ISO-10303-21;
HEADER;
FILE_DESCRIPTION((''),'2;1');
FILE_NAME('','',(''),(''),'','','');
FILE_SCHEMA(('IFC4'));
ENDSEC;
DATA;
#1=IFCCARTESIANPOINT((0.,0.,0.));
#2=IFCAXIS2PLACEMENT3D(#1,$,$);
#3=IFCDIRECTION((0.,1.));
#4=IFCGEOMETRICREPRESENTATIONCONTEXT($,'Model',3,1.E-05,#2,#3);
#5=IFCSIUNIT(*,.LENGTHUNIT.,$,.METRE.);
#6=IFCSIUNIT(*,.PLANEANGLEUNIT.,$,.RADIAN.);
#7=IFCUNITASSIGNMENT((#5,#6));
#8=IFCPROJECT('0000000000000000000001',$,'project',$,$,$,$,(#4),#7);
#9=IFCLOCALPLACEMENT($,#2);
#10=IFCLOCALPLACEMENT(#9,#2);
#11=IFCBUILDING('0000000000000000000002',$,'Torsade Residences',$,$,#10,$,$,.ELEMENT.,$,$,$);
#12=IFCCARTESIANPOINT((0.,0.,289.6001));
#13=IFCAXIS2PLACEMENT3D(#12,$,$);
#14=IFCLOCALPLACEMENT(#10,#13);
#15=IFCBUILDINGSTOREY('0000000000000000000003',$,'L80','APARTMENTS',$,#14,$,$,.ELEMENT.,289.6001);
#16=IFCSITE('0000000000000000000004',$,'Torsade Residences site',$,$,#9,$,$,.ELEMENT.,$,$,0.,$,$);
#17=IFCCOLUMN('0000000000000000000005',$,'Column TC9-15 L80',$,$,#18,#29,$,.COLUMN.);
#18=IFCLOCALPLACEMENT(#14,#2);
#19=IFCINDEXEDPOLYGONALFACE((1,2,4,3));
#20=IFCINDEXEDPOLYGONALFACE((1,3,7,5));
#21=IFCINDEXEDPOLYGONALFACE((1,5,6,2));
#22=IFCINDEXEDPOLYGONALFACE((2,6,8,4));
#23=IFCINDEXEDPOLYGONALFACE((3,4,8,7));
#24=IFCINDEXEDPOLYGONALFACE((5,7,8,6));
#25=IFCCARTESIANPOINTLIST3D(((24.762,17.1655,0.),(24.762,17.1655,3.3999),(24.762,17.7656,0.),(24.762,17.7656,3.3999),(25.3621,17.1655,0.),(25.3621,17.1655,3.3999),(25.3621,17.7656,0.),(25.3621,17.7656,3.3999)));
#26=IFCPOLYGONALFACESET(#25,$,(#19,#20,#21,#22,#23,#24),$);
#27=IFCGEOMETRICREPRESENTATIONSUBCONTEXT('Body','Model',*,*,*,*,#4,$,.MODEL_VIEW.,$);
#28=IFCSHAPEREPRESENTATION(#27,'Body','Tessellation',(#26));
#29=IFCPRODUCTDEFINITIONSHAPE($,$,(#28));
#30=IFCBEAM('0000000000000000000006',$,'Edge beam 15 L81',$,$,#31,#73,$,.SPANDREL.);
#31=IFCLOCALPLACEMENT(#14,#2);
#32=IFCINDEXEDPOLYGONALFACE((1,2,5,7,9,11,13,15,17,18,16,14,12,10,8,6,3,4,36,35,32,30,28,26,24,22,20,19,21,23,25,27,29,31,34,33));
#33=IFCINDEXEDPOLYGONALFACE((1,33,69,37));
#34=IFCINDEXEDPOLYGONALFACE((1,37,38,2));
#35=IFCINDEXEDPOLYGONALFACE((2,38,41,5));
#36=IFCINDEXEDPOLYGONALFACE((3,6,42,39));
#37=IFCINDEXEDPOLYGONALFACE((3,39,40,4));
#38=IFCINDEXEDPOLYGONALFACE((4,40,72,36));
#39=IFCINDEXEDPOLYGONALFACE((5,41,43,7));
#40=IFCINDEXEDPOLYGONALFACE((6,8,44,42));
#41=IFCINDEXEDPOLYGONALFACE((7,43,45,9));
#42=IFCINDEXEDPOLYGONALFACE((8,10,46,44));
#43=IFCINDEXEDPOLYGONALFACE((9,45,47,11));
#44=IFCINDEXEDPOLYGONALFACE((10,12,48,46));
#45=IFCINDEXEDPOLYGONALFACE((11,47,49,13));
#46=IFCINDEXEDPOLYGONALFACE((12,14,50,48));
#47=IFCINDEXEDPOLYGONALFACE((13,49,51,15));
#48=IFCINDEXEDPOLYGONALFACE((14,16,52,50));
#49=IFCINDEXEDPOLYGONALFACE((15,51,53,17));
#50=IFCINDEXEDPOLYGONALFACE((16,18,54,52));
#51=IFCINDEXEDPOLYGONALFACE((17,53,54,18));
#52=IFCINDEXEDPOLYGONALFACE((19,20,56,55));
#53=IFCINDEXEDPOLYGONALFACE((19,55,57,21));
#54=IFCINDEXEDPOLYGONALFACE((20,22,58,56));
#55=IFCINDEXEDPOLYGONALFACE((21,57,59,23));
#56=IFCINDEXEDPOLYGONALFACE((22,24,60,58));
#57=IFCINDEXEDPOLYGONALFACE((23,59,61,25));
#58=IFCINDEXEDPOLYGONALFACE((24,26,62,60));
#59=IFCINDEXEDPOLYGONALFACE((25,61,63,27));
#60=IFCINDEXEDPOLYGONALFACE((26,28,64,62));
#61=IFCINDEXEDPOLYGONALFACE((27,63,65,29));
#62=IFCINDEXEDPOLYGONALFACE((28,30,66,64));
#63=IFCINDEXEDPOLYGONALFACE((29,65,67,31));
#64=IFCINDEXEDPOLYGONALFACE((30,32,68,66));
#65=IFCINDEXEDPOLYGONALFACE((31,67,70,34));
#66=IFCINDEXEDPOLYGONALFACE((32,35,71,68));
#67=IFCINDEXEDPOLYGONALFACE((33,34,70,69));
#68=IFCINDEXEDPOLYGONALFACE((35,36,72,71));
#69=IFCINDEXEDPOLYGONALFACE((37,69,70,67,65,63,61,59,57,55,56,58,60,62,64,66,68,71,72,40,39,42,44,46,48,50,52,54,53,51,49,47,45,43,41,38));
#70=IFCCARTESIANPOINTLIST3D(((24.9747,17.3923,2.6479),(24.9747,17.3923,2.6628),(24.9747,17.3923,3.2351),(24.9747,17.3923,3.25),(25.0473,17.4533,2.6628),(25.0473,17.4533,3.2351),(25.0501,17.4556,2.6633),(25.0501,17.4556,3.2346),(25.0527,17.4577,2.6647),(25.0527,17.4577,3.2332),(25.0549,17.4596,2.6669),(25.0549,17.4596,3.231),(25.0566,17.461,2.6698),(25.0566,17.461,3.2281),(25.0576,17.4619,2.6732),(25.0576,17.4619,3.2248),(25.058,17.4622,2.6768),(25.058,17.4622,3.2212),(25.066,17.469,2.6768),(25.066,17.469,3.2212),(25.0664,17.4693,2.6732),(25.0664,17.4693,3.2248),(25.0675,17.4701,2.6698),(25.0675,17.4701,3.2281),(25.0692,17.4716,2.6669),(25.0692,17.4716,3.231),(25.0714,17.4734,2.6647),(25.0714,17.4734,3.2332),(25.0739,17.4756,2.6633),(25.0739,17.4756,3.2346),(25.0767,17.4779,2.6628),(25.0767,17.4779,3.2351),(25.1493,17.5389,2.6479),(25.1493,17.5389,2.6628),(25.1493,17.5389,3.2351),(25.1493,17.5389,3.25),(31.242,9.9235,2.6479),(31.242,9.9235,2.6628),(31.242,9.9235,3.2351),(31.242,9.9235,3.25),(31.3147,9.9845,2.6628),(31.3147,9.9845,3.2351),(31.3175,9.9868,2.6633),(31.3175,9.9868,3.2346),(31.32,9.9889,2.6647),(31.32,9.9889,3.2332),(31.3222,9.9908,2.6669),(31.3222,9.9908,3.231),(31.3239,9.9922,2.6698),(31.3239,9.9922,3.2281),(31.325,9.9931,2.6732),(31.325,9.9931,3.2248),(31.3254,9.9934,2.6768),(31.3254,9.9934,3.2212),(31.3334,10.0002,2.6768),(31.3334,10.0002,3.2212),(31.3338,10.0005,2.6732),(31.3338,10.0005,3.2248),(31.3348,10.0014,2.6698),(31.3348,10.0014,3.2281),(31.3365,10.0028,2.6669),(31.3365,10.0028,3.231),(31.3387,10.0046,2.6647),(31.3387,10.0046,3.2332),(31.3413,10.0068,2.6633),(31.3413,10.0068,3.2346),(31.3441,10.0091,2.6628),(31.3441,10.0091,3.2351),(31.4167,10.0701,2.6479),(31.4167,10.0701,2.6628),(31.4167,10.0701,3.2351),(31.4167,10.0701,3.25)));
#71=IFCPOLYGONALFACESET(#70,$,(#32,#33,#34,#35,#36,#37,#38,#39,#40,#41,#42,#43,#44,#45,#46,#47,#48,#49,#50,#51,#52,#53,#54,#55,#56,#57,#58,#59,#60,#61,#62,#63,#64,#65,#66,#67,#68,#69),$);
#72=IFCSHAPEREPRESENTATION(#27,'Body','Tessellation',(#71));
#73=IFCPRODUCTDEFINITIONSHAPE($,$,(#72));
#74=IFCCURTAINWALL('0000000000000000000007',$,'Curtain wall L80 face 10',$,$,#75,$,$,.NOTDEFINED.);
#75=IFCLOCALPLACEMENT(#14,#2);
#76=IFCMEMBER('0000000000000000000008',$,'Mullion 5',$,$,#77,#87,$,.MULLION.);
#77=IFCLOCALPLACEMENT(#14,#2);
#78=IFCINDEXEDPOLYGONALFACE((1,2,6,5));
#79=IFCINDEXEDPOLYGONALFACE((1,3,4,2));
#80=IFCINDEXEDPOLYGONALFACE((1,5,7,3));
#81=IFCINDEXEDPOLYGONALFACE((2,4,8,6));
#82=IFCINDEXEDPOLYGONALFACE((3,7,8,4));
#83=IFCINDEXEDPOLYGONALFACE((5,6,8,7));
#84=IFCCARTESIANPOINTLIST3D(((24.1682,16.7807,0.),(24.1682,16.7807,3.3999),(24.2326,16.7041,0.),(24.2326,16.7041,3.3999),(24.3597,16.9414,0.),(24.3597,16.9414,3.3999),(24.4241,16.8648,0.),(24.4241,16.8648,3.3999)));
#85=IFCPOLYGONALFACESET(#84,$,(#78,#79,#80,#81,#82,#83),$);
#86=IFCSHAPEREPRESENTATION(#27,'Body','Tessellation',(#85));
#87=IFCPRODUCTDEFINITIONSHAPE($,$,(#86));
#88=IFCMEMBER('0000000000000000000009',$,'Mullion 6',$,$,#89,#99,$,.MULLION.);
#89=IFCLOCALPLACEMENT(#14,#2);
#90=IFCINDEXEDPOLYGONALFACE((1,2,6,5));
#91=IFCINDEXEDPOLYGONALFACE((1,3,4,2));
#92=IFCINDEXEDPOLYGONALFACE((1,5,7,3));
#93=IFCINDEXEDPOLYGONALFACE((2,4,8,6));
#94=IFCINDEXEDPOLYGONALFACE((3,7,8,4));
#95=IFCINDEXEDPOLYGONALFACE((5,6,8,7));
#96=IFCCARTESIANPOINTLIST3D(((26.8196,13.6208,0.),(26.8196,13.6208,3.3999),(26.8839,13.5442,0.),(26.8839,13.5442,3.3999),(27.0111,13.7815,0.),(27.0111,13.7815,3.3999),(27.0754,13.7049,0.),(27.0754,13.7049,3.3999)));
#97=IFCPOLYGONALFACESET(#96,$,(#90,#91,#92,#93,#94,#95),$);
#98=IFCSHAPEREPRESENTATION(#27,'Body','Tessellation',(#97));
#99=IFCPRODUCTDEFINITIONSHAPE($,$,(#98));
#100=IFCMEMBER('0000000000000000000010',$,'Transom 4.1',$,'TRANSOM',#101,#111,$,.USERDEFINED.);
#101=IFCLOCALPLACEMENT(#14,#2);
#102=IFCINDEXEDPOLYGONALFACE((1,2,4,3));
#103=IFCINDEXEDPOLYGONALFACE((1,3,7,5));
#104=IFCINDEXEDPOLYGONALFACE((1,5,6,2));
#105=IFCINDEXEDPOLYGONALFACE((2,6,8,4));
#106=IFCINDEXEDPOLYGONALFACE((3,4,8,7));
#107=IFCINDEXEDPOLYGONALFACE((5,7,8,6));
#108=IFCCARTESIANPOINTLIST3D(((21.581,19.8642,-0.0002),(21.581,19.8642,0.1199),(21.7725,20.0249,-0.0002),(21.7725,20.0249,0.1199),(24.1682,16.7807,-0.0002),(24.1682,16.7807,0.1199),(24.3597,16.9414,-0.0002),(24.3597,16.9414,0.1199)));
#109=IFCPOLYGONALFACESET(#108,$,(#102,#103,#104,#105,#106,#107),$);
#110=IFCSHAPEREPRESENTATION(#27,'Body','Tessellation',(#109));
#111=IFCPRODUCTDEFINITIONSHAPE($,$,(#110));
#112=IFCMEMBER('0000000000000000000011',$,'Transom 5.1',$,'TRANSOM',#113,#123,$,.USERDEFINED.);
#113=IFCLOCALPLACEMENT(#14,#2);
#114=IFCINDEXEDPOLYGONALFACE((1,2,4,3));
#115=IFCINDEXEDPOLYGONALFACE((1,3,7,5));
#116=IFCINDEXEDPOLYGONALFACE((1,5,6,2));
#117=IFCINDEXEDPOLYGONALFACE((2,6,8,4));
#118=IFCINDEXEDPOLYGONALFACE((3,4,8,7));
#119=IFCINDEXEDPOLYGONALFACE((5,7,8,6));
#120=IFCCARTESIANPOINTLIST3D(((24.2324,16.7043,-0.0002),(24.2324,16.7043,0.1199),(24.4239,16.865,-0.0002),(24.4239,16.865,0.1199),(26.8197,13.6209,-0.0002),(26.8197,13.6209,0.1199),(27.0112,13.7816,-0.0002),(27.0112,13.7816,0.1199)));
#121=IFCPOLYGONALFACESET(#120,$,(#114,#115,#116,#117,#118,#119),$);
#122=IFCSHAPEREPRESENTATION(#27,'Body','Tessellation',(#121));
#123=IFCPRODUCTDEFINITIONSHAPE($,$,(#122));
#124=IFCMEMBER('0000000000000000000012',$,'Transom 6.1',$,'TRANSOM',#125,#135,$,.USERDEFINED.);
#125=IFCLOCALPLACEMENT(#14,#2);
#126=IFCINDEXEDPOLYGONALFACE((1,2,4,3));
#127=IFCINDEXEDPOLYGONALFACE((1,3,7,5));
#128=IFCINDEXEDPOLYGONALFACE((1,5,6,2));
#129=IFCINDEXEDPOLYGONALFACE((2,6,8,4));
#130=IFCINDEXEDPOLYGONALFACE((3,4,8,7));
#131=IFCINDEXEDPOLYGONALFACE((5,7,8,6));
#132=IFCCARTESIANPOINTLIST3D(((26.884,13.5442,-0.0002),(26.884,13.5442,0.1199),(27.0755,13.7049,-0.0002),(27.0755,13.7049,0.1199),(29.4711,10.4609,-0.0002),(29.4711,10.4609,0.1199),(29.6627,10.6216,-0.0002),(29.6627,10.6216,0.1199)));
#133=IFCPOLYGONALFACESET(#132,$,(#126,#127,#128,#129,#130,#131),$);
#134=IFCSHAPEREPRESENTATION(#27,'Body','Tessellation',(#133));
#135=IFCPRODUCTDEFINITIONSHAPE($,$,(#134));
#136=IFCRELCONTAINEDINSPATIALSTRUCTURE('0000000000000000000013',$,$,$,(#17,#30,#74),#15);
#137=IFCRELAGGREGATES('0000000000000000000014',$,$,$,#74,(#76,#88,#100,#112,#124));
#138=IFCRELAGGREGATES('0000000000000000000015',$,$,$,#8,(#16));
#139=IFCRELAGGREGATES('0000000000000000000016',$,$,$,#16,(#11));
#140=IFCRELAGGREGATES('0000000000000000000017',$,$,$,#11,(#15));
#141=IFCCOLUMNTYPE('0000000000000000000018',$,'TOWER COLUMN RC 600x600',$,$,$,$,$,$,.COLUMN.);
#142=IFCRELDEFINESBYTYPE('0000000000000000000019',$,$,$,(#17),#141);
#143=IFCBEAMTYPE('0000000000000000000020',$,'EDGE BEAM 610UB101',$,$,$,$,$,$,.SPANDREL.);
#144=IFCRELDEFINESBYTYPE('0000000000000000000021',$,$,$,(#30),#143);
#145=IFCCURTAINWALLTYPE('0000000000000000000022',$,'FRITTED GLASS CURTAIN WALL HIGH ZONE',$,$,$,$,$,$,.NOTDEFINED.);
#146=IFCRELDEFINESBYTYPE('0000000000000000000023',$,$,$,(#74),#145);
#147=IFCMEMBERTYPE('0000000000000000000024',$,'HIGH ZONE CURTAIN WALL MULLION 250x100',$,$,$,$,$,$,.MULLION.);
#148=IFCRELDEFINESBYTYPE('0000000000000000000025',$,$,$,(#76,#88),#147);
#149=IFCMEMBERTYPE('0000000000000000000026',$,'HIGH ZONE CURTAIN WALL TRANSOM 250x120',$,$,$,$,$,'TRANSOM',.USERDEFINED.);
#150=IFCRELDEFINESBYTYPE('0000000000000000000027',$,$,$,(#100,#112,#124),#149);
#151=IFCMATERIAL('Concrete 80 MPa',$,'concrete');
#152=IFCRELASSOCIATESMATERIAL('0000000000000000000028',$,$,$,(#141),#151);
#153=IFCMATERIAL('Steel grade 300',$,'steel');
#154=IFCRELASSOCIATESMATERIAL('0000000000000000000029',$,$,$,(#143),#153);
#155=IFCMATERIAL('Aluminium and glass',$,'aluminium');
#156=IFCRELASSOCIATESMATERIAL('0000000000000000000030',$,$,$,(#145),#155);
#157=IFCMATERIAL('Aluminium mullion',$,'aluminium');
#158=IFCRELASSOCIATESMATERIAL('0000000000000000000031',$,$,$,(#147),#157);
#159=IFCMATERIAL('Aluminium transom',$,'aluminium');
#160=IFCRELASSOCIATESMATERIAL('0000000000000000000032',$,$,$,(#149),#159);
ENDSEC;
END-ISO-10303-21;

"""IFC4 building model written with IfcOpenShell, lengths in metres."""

from ifc_helpers import new_model, si_unit, direction, frame, origin, origin_2d, place, context, subcontext, project, spatial, rectangle, i_section, extrude, material, material_profile, profile_set, type_object, element, aggregate, save


model = new_model("IFC4")

# Units and contexts
model_context = context("Model", 3, precision=1e-05, world=origin(), true_north=direction((0.0, 1.0)))
body_context = subcontext(model_context, "Body", "Model", "MODEL_VIEW")
ifc_project = project(units=[si_unit("LENGTHUNIT", "METRE"), si_unit("PLANEANGLEUNIT", "RADIAN")], contexts=[model_context])

# Site, building, storey
site_placement = place(None, origin())
site = spatial("IfcSite", under=ifc_project, at=site_placement, Name="Torsade Residences site", CompositionType="ELEMENT", RefElevation=0.0)
building_placement = place(site_placement, origin())
building = spatial("IfcBuilding", under=site, at=building_placement, Name="Torsade Residences", CompositionType="ELEMENT")
storey_placement = place(building_placement, frame((0.0, 0.0, 289.6001)))
storey = spatial("IfcBuildingStorey", under=building, at=storey_placement, Name="L80", Description="APARTMENTS", CompositionType="ELEMENT", Elevation=289.6001)

# Column
ifc_material_1 = material(Name="Concrete 80 MPa", Category="concrete")
ifc_material_profile_1 = material_profile(ifc_material_1, rectangle(XDim=0.6001, YDim=0.6001, at=origin_2d()), Name="RC 600x600")
ifc_profile_set_1 = profile_set([ifc_material_profile_1], Name="Concrete 80 MPa")
column_type = type_object("IfcColumnType", Name="TOWER COLUMN RC 600x600", PredefinedType="COLUMN", material=ifc_profile_set_1)
column_placement = place(storey_placement, frame((25.062, 17.4656, 0.0), z_axis=(0.0, 0.0, 1.0), x_axis=(1.0, 0.0, 0.0)))
element("IfcColumn", 1, at=column_placement, inside=storey, type_object=column_type, Name="Column TC9-15 L80", PredefinedType="COLUMN", context=body_context, shape_type="SweptSolid", body=[
    extrude(rectangle(XDim=0.6001, YDim=0.6001, at=origin_2d()), origin(), (0.0, 0.0, 1.0), 3.3999),
])

# Beam
ifc_material_2 = material(Name="Steel grade 300", Category="steel")
ifc_material_profile_2 = material_profile(ifc_material_2, i_section(OverallWidth=0.228, OverallDepth=0.6021, WebThickness=0.0105, FlangeThickness=0.0149, FilletRadius=0.0139, at=origin_2d()), Name="610UB101")
ifc_profile_set_2 = profile_set([ifc_material_profile_2], Name="Steel grade 300")
beam_type = type_object("IfcBeamType", Name="EDGE BEAM 610UB101", PredefinedType="SPANDREL", material=ifc_profile_set_2)
beam_placement = place(storey_placement, frame((25.062, 17.4656, 2.949), z_axis=(0.642806, -0.766029, 0.0), x_axis=(0.766029, 0.642806, 0.0)))
element("IfcBeam", 2, at=beam_placement, inside=storey, type_object=beam_type, Name="Edge beam 15 L81", PredefinedType="SPANDREL", context=body_context, shape_type="SweptSolid", body=[
    extrude(i_section(OverallWidth=0.228, OverallDepth=0.6021, WebThickness=0.0105, FlangeThickness=0.0149, FilletRadius=0.0139, at=origin_2d()), origin(), (0.0, 0.0, 1.0), 9.75),
])

# Curtain wall, members
ifc_material_3 = material(Name="Aluminium and glass", Category="aluminium")
curtain_wall_type = type_object("IfcCurtainWallType", Name="FRITTED GLASS CURTAIN WALL HIGH ZONE", PredefinedType="NOTDEFINED", material=ifc_material_3)
curtain_wall_placement = place(storey_placement, origin())
curtain_wall = element("IfcCurtainWall", 3, at=curtain_wall_placement, inside=storey, type_object=curtain_wall_type, Name="Curtain wall L80 face 10", PredefinedType="NOTDEFINED")
ifc_material_4 = material(Name="Aluminium mullion", Category="aluminium")
ifc_material_profile_3 = material_profile(ifc_material_4, rectangle(XDim=0.25, YDim=0.1001, at=origin_2d()), Name="HIGH ZONE CURTAIN WALL MULLION 250x100")
ifc_profile_set_3 = profile_set([ifc_material_profile_3], Name="Aluminium mullion")
member_type_1 = type_object("IfcMemberType", Name="HIGH ZONE CURTAIN WALL MULLION 250x100", PredefinedType="MULLION", material=ifc_profile_set_3)
member_1_placement = place(storey_placement, frame((24.2961, 16.8228, 0.0), z_axis=(0.0, 0.0, 1.0), x_axis=(0.766044, 0.642788, 0.0)))
member_1 = element("IfcMember", 4, at=member_1_placement, type_object=member_type_1, Name="Mullion 5", PredefinedType="MULLION", context=body_context, shape_type="SweptSolid", body=[
    extrude(rectangle(XDim=0.25, YDim=0.1001, at=origin_2d()), origin(), (0.0, 0.0, 1.0), 3.3999),
])
member_2_placement = place(storey_placement, frame((26.9475, 13.6628, 0.0), z_axis=(0.0, 0.0, 1.0), x_axis=(0.766044, 0.642788, 0.0)))
member_2 = element("IfcMember", 5, at=member_2_placement, type_object=member_type_1, Name="Mullion 6", PredefinedType="MULLION", context=body_context, shape_type="SweptSolid", body=[
    extrude(rectangle(XDim=0.25, YDim=0.1001, at=origin_2d()), origin(), (0.0, 0.0, 1.0), 3.3999),
])
ifc_material_5 = material(Name="Aluminium transom", Category="aluminium")
ifc_material_profile_4 = material_profile(ifc_material_5, rectangle(XDim=0.25, YDim=0.1201, at=origin_2d()), Name="HIGH ZONE CURTAIN WALL TRANSOM 250x120")
ifc_profile_set_4 = profile_set([ifc_material_profile_4], Name="Aluminium transom")
member_type_2 = type_object("IfcMemberType", Name="HIGH ZONE CURTAIN WALL TRANSOM 250x120", ElementType="TRANSOM", PredefinedType="USERDEFINED", material=ifc_profile_set_4)
member_3_placement = place(storey_placement, frame((21.6768, 19.9446, 0.0598), z_axis=(0.642758, -0.766069, 0.0), x_axis=(0.766069, 0.642758, 0.0)))
member_3 = element("IfcMember", 6, at=member_3_placement, type_object=member_type_2, Name="Transom 4.1", ObjectType="TRANSOM", PredefinedType="USERDEFINED", context=body_context, shape_type="SweptSolid", body=[
    extrude(rectangle(XDim=0.25, YDim=0.1201, at=origin_2d()), origin(), (0.0, 0.0, 1.0), 4.0251),
])
member_4_placement = place(storey_placement, frame((24.3281, 16.7847, 0.0598), z_axis=(0.642794, -0.766039, 0.0), x_axis=(0.766039, 0.642794, 0.0)))
member_4 = element("IfcMember", 7, at=member_4_placement, type_object=member_type_2, Name="Transom 5.1", ObjectType="TRANSOM", PredefinedType="USERDEFINED", context=body_context, shape_type="SweptSolid", body=[
    extrude(rectangle(XDim=0.25, YDim=0.1201, at=origin_2d()), origin(), (0.0, 0.0, 1.0), 4.0251),
])
member_5_placement = place(storey_placement, frame((26.9797, 13.6245, 0.0598), z_axis=(0.642788, -0.766044, 0.0), x_axis=(0.766044, 0.642788, 0.0)))
member_5 = element("IfcMember", 8, at=member_5_placement, type_object=member_type_2, Name="Transom 6.1", ObjectType="TRANSOM", PredefinedType="USERDEFINED", context=body_context, shape_type="SweptSolid", body=[
    extrude(rectangle(XDim=0.25, YDim=0.1201, at=origin_2d()), origin(), (0.0, 0.0, 1.0), 4.0249),
])

aggregate(curtain_wall, [member_1, member_2, member_3, member_4, member_5])

save(model, "model.ifc")
